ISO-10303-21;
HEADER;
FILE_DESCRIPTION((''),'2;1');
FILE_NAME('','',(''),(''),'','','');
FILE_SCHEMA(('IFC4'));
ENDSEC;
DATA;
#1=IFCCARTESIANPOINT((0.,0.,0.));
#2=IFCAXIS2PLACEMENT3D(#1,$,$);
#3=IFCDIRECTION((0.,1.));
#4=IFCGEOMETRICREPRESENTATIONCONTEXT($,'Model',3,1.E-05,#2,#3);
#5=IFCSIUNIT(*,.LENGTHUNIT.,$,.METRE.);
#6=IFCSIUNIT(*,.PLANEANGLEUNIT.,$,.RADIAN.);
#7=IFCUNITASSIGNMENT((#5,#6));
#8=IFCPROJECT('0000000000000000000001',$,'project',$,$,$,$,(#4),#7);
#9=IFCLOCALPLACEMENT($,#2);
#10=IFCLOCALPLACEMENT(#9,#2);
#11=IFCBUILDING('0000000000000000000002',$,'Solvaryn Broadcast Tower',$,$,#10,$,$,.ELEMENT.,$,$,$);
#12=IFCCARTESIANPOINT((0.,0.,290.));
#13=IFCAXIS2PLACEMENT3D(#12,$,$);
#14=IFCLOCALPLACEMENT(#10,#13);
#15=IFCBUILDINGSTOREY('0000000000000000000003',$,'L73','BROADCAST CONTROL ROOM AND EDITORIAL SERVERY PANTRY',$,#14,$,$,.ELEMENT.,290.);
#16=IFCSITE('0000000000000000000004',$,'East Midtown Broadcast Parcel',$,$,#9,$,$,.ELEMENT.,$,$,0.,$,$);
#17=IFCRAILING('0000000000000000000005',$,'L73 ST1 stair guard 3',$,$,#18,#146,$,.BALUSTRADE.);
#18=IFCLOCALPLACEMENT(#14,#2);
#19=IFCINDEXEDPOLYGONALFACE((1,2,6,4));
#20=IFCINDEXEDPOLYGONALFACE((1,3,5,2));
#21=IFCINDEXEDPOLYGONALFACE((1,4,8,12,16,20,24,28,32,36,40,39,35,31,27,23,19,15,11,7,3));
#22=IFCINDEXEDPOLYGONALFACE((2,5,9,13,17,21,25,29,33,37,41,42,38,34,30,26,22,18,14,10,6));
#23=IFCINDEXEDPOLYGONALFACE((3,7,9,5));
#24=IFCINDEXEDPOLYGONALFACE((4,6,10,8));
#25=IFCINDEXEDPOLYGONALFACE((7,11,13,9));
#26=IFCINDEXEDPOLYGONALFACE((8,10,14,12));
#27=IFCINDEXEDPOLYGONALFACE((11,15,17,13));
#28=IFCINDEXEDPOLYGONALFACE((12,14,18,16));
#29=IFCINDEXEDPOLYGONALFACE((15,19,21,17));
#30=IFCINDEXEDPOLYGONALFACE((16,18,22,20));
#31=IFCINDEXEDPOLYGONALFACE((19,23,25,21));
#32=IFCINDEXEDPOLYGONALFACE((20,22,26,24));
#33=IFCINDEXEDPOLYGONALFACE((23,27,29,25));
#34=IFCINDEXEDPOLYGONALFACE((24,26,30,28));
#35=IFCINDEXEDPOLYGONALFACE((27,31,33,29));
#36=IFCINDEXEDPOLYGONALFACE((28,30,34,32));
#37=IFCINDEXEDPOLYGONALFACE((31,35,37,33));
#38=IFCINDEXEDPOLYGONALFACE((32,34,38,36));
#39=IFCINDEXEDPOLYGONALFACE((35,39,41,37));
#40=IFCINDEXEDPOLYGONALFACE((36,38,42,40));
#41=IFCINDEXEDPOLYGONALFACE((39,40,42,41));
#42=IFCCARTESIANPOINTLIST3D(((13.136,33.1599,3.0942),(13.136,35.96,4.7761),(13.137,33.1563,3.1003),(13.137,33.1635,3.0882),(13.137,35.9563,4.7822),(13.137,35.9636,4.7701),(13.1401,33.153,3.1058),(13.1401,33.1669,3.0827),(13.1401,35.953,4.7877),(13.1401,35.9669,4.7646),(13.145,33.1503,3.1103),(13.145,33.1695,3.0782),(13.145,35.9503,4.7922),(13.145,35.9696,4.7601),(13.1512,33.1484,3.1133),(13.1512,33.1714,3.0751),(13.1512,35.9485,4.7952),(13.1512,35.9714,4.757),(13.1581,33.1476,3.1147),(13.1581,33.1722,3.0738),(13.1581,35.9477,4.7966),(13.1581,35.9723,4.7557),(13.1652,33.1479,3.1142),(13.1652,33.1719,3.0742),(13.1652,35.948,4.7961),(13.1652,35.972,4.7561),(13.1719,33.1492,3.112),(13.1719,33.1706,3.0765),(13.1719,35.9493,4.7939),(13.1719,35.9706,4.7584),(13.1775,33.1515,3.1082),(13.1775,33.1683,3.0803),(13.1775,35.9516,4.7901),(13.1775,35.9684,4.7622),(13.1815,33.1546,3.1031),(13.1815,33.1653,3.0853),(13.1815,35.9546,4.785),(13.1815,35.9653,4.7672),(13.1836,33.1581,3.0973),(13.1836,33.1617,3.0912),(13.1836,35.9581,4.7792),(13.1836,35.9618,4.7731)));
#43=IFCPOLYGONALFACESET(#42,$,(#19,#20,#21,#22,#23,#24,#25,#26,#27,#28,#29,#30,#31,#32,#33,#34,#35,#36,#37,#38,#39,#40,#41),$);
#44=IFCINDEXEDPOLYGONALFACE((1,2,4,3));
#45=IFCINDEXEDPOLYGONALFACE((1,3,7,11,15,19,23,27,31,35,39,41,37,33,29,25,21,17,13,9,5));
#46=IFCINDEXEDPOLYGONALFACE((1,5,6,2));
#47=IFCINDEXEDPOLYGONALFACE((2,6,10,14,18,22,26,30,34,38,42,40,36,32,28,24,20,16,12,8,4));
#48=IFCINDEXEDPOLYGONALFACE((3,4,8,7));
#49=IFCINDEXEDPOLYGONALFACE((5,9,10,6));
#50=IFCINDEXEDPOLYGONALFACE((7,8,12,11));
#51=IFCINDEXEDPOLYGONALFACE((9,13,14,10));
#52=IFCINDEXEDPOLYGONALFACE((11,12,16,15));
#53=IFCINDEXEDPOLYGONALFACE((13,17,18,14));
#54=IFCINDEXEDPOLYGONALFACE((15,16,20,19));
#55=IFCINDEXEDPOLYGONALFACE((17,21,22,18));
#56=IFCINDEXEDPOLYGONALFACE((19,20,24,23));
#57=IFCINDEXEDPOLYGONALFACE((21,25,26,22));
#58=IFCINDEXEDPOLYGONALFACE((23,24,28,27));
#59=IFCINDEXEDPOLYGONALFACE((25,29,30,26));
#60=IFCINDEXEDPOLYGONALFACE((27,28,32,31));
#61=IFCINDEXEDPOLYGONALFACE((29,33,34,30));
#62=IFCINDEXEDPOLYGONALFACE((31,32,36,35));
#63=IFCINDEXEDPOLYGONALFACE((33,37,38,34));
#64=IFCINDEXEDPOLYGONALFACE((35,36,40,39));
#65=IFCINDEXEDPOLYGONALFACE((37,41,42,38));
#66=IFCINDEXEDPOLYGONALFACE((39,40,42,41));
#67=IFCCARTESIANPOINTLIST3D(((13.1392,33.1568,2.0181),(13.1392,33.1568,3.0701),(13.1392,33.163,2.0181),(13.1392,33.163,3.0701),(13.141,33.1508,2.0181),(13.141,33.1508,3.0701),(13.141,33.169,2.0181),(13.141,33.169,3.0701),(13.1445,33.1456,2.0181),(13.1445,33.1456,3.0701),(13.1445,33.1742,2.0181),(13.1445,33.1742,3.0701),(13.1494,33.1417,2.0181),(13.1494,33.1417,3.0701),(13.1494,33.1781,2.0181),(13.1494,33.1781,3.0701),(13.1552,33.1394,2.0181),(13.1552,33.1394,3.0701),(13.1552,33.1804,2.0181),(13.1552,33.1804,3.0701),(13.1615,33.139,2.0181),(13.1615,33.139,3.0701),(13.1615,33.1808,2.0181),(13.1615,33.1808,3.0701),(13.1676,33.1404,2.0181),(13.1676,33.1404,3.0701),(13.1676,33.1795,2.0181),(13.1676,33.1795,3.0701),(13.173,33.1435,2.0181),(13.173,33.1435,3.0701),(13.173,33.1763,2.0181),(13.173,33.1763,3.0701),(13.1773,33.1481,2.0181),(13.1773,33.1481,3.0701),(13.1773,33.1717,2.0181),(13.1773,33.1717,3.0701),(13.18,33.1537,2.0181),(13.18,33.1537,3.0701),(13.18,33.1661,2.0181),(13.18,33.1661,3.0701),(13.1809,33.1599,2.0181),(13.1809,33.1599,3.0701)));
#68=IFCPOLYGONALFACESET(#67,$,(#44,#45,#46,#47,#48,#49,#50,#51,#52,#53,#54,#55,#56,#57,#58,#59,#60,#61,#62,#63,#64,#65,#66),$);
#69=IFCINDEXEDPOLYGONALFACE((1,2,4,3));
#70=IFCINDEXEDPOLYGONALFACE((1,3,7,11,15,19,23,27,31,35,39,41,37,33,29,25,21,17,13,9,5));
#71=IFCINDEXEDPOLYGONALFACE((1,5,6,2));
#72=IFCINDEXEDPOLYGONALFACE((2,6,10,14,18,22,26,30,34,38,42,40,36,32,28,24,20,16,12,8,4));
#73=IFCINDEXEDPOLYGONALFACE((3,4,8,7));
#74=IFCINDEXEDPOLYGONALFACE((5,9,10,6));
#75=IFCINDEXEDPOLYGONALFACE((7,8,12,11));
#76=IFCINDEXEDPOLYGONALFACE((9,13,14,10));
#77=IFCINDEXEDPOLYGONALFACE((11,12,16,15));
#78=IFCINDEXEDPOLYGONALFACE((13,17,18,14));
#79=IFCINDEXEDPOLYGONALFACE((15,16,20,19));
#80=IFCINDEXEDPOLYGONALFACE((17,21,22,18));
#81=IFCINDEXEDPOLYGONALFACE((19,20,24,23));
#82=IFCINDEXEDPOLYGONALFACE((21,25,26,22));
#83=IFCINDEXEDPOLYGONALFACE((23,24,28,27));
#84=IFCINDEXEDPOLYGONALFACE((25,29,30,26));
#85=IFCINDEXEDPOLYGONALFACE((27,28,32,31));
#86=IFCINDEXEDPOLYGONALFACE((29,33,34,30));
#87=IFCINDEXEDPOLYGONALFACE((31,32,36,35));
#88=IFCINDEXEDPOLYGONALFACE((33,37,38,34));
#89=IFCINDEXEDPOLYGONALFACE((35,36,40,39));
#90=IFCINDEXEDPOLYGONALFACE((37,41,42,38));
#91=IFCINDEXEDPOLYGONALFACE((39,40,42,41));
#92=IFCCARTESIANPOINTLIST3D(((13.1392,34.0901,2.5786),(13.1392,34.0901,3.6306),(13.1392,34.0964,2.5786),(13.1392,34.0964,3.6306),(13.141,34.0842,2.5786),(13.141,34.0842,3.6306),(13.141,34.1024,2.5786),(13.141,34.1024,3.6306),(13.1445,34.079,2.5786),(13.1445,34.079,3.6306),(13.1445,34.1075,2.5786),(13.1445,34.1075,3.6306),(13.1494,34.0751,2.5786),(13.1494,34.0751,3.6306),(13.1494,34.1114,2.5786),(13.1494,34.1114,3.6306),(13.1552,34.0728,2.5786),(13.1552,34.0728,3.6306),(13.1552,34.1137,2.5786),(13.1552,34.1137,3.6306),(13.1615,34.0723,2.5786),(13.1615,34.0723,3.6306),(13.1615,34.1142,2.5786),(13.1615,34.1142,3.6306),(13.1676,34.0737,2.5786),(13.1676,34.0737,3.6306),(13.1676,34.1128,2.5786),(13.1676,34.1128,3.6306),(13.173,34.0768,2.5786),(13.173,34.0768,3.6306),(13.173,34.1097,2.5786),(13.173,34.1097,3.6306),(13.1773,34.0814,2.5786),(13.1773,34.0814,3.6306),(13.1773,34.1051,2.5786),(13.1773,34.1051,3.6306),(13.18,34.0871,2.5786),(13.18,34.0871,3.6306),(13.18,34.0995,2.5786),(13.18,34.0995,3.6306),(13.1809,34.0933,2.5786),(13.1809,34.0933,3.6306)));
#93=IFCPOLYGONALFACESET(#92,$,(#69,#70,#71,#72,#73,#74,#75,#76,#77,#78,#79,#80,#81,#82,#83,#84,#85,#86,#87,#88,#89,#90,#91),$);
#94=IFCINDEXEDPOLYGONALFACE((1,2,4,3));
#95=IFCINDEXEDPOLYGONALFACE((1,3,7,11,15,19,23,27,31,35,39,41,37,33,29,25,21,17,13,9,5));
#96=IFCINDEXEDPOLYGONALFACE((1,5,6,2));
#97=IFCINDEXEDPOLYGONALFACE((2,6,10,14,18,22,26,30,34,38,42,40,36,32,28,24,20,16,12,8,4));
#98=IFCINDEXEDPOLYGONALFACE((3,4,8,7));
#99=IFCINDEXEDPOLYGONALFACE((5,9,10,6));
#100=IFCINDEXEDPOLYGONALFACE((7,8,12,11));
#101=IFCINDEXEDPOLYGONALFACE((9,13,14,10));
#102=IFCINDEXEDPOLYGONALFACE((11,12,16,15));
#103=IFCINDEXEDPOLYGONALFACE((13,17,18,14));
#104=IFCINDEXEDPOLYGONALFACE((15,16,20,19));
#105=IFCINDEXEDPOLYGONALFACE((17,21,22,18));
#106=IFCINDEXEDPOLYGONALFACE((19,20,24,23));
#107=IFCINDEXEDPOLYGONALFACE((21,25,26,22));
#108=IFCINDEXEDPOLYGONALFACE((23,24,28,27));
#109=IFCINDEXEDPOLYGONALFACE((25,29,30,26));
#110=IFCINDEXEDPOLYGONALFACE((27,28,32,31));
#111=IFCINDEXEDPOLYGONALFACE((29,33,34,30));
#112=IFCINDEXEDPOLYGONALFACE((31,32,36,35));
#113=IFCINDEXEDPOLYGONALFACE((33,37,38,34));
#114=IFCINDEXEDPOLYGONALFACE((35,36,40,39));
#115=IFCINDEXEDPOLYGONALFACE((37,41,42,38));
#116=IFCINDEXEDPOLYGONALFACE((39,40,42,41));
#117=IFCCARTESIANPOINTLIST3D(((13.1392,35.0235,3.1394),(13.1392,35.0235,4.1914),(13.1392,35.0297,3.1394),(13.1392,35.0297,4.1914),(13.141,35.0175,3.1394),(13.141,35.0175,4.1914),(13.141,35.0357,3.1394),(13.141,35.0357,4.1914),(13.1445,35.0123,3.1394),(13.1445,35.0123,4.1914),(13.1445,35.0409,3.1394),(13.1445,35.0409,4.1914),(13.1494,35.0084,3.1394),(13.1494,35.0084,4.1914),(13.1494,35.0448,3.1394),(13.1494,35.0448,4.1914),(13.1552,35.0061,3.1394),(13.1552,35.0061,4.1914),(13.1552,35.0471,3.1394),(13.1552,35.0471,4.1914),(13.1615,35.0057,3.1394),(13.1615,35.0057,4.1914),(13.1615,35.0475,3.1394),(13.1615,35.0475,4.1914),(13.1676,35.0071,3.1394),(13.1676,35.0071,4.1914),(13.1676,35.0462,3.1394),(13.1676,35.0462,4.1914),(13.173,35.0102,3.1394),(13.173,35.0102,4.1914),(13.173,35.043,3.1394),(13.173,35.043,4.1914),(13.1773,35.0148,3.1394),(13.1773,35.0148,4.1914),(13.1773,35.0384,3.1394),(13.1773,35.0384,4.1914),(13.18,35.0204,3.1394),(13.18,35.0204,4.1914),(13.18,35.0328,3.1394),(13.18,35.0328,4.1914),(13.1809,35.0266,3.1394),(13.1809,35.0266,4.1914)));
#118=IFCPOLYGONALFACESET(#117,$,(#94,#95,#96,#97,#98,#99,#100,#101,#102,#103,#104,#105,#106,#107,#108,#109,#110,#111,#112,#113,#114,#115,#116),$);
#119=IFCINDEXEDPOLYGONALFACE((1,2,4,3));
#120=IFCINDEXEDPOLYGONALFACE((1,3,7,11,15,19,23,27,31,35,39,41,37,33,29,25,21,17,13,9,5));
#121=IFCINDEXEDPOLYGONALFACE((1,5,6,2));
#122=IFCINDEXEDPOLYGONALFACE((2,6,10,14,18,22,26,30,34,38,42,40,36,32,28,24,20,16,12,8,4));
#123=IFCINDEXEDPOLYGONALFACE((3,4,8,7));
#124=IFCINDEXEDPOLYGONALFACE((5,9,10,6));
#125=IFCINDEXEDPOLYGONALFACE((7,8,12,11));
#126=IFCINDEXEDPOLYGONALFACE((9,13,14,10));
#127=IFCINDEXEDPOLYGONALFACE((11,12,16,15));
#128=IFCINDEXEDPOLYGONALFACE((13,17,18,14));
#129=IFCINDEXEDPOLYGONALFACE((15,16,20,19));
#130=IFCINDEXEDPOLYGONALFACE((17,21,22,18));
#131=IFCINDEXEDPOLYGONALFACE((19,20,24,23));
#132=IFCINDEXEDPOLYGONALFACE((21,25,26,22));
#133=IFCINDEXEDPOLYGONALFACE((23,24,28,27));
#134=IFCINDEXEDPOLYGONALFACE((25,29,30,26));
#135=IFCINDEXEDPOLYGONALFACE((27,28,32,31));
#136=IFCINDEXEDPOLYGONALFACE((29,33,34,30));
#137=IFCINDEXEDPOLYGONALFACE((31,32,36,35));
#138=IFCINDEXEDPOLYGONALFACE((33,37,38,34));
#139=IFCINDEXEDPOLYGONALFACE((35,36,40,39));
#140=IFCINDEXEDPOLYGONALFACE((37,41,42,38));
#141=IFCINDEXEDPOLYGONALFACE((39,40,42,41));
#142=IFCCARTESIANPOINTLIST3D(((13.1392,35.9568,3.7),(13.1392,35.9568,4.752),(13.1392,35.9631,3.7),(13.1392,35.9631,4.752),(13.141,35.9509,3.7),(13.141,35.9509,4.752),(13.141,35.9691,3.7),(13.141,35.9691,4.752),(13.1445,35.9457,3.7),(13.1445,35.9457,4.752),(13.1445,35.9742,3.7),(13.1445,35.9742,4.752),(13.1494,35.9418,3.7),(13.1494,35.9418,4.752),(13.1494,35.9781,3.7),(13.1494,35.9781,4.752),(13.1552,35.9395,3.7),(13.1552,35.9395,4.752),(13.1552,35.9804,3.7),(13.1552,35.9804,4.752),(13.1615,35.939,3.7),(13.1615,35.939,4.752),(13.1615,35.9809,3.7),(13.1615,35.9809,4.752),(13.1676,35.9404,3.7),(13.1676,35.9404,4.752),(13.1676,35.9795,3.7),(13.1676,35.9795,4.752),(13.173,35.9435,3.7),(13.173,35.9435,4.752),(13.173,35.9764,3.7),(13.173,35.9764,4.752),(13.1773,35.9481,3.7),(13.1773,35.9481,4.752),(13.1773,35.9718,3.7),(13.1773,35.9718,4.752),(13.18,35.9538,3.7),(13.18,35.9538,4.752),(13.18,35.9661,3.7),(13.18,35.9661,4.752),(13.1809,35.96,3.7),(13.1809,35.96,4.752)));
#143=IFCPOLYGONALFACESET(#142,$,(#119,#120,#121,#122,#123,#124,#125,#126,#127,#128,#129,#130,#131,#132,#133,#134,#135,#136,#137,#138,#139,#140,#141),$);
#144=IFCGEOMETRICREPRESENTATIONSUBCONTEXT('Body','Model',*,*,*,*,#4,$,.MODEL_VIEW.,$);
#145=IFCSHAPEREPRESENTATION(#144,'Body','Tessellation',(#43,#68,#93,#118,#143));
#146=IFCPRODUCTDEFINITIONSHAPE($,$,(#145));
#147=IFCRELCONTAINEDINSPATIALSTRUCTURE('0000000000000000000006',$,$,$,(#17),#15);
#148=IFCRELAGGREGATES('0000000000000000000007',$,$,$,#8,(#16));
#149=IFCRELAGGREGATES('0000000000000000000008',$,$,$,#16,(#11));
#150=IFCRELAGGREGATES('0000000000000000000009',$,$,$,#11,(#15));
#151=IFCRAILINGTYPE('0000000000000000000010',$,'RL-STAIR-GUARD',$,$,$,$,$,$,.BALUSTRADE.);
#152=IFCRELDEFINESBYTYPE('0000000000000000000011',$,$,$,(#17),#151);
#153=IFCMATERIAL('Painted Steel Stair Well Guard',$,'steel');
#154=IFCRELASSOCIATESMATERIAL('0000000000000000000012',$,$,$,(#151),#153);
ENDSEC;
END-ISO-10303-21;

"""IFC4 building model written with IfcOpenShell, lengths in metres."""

from ifc_helpers import new_model, si_unit, direction, frame, origin, origin_2d, place, context, subcontext, project, spatial, circle, extrude, material, type_object, element, save


model = new_model("IFC4")

# Units and contexts
model_context = context("Model", 3, precision=1e-05, world=origin(), true_north=direction((0.0, 1.0)))
body_context = subcontext(model_context, "Body", "Model", "MODEL_VIEW")
ifc_project = project(units=[si_unit("LENGTHUNIT", "METRE"), si_unit("PLANEANGLEUNIT", "RADIAN")], contexts=[model_context])

# Site, building, storey
site_placement = place(None, origin())
site = spatial("IfcSite", under=ifc_project, at=site_placement, Name="East Midtown Broadcast Parcel", CompositionType="ELEMENT", RefElevation=0.0)
building_placement = place(site_placement, origin())
building = spatial("IfcBuilding", under=site, at=building_placement, Name="Solvaryn Broadcast Tower", CompositionType="ELEMENT")
storey_placement = place(building_placement, frame((0.0, 0.0, 290.0)))
storey = spatial("IfcBuildingStorey", under=building, at=storey_placement, Name="L73", Description="BROADCAST CONTROL ROOM AND EDITORIAL SERVERY PANTRY", CompositionType="ELEMENT", Elevation=290.0)

# Railing
ifc_material_1 = material(Name="Painted Steel Stair Well Guard", Category="steel")
railing_type_1 = type_object("IfcRailingType", Name="RL-STAIR-GUARD", PredefinedType="BALUSTRADE", material=ifc_material_1)
railing_1_placement = place(storey_placement, frame((13.1599, 33.1599, 2.0181)))
element("IfcRailing", 1, at=railing_1_placement, inside=storey, type_object=railing_type_1, Name="L73 ST1 stair guard 3", PredefinedType="BALUSTRADE", context=body_context, shape_type="SweptSolid", body=[
    extrude(circle(Radius=0.0239, at=origin_2d()), frame((0.0, 0.0, 1.0762), z_axis=(0.0, 0.857242, 0.514913), x_axis=(-1.0, 0.0, 0.0)), (0.0, 0.0, 1.0), 3.2664),
    extrude(circle(Radius=0.021, at=origin_2d()), origin(), (0.0, 0.0, 1.0), 1.052),
    extrude(circle(Radius=0.021, at=origin_2d()), frame((0.0, 0.9333, 0.5605)), (0.0, 0.0, 1.0), 1.052),
    extrude(circle(Radius=0.021, at=origin_2d()), frame((0.0, 1.8667, 1.1213)), (0.0, 0.0, 1.0), 1.052),
    extrude(circle(Radius=0.021, at=origin_2d()), frame((0.0, 2.8, 1.6819)), (0.0, 0.0, 1.0), 1.052),
])

save(model, "model.ifc")
